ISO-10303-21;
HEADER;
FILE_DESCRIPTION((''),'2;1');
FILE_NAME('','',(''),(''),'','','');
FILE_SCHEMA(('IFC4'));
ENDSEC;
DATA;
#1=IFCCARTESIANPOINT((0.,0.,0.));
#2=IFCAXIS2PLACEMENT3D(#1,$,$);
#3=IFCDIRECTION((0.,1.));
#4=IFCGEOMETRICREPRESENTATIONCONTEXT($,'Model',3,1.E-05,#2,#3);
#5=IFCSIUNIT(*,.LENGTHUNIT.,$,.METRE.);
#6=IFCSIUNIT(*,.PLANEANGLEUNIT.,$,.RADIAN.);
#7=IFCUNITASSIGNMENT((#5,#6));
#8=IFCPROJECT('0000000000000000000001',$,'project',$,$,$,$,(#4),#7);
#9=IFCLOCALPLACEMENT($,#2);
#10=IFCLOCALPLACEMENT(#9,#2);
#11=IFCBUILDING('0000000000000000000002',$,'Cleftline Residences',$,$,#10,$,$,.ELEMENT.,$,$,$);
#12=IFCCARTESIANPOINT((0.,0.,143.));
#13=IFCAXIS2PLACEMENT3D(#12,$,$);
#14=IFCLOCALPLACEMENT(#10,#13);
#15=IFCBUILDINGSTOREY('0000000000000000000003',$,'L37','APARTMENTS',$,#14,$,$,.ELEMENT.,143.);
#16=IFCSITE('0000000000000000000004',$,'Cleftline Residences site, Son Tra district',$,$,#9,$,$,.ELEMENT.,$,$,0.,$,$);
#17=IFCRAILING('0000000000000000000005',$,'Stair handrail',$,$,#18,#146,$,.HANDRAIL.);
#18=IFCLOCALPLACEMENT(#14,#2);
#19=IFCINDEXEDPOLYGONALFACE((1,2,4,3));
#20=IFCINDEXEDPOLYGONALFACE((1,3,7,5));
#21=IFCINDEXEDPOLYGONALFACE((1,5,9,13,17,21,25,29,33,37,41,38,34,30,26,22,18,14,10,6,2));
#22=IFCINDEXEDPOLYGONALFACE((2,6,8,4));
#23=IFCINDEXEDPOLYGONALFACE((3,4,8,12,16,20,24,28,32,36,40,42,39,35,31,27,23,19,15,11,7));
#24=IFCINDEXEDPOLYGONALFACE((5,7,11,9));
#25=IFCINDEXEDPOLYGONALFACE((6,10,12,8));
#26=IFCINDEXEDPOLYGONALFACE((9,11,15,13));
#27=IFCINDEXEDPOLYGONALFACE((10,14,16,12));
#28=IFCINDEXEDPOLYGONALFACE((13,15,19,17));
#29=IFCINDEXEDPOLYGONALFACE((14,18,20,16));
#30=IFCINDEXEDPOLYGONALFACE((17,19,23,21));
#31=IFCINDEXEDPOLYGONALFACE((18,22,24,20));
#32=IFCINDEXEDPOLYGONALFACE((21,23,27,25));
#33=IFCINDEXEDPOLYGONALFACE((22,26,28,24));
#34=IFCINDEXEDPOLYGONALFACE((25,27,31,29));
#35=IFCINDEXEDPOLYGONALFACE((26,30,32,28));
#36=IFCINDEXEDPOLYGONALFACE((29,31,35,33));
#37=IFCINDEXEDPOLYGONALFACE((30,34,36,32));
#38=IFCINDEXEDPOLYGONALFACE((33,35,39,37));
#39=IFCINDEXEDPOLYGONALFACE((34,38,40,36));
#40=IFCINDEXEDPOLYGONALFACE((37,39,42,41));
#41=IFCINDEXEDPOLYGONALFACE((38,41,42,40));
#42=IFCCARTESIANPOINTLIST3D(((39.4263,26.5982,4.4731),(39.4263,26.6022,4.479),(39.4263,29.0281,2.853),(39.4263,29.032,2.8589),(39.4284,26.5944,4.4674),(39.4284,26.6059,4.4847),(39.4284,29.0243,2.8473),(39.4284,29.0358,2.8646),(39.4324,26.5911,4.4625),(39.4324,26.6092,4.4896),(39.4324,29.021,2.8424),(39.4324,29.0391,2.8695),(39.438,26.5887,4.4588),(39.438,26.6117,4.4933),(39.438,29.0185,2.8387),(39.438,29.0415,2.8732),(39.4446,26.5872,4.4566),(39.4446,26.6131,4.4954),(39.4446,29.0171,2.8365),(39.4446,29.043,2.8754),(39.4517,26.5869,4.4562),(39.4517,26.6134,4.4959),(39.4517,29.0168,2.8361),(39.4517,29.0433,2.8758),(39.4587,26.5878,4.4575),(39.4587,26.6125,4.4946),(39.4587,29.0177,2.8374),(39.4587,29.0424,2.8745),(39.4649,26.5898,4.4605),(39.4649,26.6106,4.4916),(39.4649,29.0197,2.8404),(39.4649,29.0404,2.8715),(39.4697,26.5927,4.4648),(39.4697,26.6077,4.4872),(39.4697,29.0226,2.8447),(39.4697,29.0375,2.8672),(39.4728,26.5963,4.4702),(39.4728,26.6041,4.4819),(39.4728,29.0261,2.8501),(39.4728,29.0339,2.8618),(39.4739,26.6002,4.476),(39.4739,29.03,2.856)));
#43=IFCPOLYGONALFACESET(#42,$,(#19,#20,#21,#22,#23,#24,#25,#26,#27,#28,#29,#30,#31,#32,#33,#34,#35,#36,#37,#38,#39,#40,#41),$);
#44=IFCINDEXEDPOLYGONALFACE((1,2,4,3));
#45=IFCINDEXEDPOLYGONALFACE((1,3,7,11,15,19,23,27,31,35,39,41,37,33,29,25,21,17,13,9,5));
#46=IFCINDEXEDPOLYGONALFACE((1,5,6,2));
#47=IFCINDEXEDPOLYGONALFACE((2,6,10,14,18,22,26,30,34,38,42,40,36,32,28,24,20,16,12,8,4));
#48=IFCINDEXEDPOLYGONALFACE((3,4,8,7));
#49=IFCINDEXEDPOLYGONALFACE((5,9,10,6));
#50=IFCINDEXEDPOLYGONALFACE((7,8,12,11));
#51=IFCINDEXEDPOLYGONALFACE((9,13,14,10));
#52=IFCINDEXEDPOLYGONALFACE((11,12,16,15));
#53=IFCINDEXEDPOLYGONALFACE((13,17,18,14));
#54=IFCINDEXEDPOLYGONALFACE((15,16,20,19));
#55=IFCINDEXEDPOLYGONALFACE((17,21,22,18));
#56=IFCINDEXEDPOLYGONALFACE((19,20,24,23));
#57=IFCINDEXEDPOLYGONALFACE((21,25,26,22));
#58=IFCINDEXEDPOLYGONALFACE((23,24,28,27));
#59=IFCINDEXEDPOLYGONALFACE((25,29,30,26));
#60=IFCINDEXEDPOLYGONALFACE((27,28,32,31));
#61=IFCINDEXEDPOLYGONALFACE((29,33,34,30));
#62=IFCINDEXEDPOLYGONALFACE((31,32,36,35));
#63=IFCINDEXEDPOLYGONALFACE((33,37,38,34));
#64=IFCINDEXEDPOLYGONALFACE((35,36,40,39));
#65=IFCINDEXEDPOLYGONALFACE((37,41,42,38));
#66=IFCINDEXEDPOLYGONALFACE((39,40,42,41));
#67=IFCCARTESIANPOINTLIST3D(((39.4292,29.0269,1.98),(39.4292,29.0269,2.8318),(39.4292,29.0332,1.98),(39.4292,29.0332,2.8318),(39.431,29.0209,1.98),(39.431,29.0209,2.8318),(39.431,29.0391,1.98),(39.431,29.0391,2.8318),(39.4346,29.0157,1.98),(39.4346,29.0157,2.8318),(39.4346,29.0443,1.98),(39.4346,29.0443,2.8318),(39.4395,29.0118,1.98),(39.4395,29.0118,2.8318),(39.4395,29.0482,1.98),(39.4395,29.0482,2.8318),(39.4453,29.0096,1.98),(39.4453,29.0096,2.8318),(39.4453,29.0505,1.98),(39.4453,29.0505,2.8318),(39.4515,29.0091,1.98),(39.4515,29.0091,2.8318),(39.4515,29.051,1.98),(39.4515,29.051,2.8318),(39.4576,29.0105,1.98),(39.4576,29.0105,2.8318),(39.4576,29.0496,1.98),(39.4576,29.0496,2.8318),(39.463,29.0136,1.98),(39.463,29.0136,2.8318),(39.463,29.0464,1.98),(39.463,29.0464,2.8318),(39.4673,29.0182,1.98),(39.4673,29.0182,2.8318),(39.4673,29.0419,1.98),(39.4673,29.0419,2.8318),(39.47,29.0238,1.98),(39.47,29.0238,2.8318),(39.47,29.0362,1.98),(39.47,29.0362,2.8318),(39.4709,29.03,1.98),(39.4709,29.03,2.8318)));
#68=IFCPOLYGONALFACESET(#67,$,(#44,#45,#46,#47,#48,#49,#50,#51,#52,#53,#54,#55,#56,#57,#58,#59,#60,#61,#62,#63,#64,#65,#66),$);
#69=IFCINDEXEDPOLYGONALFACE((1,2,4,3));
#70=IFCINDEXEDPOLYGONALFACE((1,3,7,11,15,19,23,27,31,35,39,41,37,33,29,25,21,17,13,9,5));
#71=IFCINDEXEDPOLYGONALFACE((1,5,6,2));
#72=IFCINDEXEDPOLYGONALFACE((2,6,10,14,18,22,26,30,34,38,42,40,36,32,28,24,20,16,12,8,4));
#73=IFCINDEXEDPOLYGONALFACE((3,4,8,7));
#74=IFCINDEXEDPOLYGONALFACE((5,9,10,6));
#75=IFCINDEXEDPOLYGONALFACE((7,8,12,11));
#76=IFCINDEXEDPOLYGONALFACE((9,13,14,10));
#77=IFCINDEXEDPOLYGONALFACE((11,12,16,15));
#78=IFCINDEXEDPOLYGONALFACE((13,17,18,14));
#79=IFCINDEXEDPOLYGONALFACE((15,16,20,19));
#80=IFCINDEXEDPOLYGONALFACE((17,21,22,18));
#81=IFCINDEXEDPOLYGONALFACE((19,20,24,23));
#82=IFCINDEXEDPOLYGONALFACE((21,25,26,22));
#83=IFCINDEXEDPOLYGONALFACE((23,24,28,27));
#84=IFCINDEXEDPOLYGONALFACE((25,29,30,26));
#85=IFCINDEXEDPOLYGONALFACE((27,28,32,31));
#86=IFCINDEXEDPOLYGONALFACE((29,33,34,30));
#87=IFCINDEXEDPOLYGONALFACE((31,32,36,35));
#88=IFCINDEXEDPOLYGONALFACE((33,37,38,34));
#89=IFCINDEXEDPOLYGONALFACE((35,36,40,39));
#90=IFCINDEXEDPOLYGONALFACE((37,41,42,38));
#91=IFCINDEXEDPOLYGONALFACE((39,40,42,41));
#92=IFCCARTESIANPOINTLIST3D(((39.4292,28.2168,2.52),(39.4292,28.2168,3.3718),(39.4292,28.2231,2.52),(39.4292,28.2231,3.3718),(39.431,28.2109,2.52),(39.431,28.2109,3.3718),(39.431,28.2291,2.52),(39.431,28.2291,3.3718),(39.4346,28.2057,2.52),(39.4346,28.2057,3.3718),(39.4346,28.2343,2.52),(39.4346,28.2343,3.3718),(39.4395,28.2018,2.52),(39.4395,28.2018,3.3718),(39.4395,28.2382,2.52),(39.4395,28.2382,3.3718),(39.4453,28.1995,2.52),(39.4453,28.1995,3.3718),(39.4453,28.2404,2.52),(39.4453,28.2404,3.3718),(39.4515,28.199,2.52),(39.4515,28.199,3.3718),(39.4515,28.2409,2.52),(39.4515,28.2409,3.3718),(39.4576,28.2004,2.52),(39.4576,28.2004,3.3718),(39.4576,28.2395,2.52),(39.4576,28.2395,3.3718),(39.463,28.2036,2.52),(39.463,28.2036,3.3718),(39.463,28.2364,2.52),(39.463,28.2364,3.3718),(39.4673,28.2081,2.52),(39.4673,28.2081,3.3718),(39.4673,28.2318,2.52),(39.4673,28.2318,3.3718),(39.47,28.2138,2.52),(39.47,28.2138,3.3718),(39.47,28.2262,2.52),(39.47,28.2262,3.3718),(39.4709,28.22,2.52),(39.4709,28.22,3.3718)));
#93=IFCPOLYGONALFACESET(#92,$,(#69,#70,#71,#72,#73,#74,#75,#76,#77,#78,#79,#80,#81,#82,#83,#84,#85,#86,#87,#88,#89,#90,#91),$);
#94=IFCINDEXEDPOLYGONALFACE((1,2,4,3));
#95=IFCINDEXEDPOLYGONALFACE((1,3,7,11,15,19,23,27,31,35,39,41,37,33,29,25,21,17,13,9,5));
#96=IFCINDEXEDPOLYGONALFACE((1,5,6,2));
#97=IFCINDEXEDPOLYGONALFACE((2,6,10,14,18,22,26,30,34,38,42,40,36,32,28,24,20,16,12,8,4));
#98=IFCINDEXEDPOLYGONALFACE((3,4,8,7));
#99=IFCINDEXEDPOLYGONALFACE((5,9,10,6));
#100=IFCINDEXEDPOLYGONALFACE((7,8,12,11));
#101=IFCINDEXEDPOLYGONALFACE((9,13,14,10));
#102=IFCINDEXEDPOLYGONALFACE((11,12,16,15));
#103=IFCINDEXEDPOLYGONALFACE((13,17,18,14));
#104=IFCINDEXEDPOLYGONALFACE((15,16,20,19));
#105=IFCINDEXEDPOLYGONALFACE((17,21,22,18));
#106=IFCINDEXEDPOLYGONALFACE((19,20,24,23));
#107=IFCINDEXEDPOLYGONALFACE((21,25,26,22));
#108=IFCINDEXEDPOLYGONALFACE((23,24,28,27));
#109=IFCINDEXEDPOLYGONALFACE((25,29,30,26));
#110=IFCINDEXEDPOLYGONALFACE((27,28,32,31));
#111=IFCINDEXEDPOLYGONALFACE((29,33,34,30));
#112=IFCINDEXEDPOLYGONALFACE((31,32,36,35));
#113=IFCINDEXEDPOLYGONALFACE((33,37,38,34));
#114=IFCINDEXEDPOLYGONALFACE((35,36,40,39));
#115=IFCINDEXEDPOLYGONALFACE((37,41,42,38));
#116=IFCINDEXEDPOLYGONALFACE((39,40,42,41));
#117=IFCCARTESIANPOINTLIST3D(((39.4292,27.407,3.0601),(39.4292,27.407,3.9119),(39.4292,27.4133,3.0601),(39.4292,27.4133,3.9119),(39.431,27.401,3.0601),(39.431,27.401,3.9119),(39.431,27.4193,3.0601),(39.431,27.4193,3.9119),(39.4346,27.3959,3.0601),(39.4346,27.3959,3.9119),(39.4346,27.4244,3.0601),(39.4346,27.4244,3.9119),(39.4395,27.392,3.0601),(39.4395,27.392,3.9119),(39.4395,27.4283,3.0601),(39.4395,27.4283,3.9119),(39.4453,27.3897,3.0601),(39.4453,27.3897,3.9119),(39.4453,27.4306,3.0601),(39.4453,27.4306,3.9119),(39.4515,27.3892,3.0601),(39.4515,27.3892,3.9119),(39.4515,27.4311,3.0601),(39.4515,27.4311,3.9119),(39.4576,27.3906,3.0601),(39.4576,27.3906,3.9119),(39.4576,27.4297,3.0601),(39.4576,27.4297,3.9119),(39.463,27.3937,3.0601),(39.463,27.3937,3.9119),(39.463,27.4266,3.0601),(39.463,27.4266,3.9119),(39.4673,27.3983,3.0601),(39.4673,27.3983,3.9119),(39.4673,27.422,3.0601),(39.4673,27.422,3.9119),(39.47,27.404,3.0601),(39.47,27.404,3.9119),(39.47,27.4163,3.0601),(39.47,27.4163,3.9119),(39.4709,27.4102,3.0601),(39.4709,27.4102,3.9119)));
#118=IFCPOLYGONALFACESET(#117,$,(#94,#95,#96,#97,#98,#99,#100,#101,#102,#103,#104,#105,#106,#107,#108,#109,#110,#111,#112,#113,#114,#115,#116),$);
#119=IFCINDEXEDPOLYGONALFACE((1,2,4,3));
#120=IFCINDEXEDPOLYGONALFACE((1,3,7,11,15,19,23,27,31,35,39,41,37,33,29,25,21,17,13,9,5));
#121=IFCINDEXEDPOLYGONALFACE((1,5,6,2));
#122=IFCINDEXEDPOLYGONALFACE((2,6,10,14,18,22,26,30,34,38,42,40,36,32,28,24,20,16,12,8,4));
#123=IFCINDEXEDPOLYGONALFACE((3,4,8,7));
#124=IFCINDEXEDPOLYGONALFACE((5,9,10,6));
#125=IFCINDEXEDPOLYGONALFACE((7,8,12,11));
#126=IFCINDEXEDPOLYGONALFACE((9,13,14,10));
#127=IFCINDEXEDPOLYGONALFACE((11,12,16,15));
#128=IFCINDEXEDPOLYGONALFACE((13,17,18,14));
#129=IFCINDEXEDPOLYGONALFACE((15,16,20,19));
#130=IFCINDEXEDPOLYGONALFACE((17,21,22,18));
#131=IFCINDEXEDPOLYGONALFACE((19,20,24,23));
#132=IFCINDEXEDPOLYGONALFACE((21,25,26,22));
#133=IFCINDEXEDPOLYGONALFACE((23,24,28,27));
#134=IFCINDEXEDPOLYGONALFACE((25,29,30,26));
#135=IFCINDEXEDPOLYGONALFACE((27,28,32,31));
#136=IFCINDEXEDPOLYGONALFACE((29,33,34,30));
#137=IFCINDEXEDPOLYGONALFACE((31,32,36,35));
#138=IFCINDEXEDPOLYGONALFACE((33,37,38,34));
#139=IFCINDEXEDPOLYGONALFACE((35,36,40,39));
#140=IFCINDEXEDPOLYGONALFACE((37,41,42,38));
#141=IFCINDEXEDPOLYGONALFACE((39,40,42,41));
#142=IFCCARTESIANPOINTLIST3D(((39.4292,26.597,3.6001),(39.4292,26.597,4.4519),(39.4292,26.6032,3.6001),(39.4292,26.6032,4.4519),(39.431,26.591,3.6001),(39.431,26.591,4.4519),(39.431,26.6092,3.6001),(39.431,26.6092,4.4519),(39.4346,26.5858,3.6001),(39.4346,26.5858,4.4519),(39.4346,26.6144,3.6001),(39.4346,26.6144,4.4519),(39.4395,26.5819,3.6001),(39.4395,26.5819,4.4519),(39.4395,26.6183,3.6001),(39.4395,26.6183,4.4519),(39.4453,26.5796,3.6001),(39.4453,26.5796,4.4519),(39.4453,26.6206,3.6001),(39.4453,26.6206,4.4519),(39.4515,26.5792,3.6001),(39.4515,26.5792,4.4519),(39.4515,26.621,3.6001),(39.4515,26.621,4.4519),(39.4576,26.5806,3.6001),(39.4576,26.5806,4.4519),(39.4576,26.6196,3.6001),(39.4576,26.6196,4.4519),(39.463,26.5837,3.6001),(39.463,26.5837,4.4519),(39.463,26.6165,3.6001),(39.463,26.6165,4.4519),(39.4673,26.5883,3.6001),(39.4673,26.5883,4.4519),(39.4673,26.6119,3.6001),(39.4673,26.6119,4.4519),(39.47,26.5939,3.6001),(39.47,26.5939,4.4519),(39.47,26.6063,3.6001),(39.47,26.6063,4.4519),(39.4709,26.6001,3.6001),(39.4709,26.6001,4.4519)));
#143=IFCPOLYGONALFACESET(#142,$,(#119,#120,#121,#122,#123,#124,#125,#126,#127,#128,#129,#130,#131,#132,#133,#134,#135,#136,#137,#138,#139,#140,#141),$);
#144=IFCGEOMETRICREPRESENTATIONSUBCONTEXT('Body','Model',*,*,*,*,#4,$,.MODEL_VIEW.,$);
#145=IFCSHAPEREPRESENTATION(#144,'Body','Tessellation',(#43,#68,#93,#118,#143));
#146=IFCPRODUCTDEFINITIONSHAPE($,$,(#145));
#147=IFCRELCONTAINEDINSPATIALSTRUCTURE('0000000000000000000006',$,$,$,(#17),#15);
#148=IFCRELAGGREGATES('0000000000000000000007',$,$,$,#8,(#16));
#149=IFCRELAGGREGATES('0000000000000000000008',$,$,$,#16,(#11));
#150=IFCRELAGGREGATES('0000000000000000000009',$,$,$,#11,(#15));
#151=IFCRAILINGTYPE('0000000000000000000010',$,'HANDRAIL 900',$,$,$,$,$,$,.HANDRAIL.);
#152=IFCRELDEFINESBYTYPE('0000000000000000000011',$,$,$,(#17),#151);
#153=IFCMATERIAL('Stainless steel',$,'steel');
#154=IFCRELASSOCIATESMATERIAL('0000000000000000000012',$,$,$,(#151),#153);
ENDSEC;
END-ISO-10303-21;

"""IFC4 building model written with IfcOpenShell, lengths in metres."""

from ifc_helpers import new_model, si_unit, direction, frame, origin, origin_2d, place, context, subcontext, project, spatial, circle, extrude, material, type_object, element, save


model = new_model("IFC4")

# Units and contexts
model_context = context("Model", 3, precision=1e-05, world=origin(), true_north=direction((0.0, 1.0)))
body_context = subcontext(model_context, "Body", "Model", "MODEL_VIEW")
ifc_project = project(units=[si_unit("LENGTHUNIT", "METRE"), si_unit("PLANEANGLEUNIT", "RADIAN")], contexts=[model_context])

# Site, building, storey
site_placement = place(None, origin())
site = spatial("IfcSite", under=ifc_project, at=site_placement, Name="Cleftline Residences site, Son Tra district", CompositionType="ELEMENT", RefElevation=0.0)
building_placement = place(site_placement, origin())
building = spatial("IfcBuilding", under=site, at=building_placement, Name="Cleftline Residences", CompositionType="ELEMENT")
storey_placement = place(building_placement, frame((0.0, 0.0, 143.0)))
storey = spatial("IfcBuildingStorey", under=building, at=storey_placement, Name="L37", Description="APARTMENTS", CompositionType="ELEMENT", Elevation=143.0)

# Railing
ifc_material_1 = material(Name="Stainless steel", Category="steel")
railing_type = type_object("IfcRailingType", Name="HANDRAIL 900", PredefinedType="HANDRAIL", material=ifc_material_1)
railing_1_placement = place(storey_placement, frame((39.45, 29.03, 1.98)))
element("IfcRailing", 1, at=railing_1_placement, inside=storey, type_object=railing_type, Name="Stair handrail", PredefinedType="HANDRAIL", context=body_context, shape_type="SweptSolid", body=[
    extrude(circle(Radius=0.0239, at=origin_2d()), frame((0.0, 0.0, 0.876), z_axis=(0.0, -0.832025, 0.554739), x_axis=(1.0, 0.0, 0.0)), (0.0, 0.0, 1.0), 2.9204),
    extrude(circle(Radius=0.021, at=origin_2d()), origin(), (0.0, 0.0, 1.0), 0.8518),
    extrude(circle(Radius=0.021, at=origin_2d()), frame((0.0, -0.8101, 0.54)), (0.0, 0.0, 1.0), 0.8518),
    extrude(circle(Radius=0.021, at=origin_2d()), frame((0.0, -1.6199, 1.0801)), (0.0, 0.0, 1.0), 0.8518),
    extrude(circle(Radius=0.021, at=origin_2d()), frame((0.0, -2.4299, 1.6201)), (0.0, 0.0, 1.0), 0.8518),
])

save(model, "model.ifc")
